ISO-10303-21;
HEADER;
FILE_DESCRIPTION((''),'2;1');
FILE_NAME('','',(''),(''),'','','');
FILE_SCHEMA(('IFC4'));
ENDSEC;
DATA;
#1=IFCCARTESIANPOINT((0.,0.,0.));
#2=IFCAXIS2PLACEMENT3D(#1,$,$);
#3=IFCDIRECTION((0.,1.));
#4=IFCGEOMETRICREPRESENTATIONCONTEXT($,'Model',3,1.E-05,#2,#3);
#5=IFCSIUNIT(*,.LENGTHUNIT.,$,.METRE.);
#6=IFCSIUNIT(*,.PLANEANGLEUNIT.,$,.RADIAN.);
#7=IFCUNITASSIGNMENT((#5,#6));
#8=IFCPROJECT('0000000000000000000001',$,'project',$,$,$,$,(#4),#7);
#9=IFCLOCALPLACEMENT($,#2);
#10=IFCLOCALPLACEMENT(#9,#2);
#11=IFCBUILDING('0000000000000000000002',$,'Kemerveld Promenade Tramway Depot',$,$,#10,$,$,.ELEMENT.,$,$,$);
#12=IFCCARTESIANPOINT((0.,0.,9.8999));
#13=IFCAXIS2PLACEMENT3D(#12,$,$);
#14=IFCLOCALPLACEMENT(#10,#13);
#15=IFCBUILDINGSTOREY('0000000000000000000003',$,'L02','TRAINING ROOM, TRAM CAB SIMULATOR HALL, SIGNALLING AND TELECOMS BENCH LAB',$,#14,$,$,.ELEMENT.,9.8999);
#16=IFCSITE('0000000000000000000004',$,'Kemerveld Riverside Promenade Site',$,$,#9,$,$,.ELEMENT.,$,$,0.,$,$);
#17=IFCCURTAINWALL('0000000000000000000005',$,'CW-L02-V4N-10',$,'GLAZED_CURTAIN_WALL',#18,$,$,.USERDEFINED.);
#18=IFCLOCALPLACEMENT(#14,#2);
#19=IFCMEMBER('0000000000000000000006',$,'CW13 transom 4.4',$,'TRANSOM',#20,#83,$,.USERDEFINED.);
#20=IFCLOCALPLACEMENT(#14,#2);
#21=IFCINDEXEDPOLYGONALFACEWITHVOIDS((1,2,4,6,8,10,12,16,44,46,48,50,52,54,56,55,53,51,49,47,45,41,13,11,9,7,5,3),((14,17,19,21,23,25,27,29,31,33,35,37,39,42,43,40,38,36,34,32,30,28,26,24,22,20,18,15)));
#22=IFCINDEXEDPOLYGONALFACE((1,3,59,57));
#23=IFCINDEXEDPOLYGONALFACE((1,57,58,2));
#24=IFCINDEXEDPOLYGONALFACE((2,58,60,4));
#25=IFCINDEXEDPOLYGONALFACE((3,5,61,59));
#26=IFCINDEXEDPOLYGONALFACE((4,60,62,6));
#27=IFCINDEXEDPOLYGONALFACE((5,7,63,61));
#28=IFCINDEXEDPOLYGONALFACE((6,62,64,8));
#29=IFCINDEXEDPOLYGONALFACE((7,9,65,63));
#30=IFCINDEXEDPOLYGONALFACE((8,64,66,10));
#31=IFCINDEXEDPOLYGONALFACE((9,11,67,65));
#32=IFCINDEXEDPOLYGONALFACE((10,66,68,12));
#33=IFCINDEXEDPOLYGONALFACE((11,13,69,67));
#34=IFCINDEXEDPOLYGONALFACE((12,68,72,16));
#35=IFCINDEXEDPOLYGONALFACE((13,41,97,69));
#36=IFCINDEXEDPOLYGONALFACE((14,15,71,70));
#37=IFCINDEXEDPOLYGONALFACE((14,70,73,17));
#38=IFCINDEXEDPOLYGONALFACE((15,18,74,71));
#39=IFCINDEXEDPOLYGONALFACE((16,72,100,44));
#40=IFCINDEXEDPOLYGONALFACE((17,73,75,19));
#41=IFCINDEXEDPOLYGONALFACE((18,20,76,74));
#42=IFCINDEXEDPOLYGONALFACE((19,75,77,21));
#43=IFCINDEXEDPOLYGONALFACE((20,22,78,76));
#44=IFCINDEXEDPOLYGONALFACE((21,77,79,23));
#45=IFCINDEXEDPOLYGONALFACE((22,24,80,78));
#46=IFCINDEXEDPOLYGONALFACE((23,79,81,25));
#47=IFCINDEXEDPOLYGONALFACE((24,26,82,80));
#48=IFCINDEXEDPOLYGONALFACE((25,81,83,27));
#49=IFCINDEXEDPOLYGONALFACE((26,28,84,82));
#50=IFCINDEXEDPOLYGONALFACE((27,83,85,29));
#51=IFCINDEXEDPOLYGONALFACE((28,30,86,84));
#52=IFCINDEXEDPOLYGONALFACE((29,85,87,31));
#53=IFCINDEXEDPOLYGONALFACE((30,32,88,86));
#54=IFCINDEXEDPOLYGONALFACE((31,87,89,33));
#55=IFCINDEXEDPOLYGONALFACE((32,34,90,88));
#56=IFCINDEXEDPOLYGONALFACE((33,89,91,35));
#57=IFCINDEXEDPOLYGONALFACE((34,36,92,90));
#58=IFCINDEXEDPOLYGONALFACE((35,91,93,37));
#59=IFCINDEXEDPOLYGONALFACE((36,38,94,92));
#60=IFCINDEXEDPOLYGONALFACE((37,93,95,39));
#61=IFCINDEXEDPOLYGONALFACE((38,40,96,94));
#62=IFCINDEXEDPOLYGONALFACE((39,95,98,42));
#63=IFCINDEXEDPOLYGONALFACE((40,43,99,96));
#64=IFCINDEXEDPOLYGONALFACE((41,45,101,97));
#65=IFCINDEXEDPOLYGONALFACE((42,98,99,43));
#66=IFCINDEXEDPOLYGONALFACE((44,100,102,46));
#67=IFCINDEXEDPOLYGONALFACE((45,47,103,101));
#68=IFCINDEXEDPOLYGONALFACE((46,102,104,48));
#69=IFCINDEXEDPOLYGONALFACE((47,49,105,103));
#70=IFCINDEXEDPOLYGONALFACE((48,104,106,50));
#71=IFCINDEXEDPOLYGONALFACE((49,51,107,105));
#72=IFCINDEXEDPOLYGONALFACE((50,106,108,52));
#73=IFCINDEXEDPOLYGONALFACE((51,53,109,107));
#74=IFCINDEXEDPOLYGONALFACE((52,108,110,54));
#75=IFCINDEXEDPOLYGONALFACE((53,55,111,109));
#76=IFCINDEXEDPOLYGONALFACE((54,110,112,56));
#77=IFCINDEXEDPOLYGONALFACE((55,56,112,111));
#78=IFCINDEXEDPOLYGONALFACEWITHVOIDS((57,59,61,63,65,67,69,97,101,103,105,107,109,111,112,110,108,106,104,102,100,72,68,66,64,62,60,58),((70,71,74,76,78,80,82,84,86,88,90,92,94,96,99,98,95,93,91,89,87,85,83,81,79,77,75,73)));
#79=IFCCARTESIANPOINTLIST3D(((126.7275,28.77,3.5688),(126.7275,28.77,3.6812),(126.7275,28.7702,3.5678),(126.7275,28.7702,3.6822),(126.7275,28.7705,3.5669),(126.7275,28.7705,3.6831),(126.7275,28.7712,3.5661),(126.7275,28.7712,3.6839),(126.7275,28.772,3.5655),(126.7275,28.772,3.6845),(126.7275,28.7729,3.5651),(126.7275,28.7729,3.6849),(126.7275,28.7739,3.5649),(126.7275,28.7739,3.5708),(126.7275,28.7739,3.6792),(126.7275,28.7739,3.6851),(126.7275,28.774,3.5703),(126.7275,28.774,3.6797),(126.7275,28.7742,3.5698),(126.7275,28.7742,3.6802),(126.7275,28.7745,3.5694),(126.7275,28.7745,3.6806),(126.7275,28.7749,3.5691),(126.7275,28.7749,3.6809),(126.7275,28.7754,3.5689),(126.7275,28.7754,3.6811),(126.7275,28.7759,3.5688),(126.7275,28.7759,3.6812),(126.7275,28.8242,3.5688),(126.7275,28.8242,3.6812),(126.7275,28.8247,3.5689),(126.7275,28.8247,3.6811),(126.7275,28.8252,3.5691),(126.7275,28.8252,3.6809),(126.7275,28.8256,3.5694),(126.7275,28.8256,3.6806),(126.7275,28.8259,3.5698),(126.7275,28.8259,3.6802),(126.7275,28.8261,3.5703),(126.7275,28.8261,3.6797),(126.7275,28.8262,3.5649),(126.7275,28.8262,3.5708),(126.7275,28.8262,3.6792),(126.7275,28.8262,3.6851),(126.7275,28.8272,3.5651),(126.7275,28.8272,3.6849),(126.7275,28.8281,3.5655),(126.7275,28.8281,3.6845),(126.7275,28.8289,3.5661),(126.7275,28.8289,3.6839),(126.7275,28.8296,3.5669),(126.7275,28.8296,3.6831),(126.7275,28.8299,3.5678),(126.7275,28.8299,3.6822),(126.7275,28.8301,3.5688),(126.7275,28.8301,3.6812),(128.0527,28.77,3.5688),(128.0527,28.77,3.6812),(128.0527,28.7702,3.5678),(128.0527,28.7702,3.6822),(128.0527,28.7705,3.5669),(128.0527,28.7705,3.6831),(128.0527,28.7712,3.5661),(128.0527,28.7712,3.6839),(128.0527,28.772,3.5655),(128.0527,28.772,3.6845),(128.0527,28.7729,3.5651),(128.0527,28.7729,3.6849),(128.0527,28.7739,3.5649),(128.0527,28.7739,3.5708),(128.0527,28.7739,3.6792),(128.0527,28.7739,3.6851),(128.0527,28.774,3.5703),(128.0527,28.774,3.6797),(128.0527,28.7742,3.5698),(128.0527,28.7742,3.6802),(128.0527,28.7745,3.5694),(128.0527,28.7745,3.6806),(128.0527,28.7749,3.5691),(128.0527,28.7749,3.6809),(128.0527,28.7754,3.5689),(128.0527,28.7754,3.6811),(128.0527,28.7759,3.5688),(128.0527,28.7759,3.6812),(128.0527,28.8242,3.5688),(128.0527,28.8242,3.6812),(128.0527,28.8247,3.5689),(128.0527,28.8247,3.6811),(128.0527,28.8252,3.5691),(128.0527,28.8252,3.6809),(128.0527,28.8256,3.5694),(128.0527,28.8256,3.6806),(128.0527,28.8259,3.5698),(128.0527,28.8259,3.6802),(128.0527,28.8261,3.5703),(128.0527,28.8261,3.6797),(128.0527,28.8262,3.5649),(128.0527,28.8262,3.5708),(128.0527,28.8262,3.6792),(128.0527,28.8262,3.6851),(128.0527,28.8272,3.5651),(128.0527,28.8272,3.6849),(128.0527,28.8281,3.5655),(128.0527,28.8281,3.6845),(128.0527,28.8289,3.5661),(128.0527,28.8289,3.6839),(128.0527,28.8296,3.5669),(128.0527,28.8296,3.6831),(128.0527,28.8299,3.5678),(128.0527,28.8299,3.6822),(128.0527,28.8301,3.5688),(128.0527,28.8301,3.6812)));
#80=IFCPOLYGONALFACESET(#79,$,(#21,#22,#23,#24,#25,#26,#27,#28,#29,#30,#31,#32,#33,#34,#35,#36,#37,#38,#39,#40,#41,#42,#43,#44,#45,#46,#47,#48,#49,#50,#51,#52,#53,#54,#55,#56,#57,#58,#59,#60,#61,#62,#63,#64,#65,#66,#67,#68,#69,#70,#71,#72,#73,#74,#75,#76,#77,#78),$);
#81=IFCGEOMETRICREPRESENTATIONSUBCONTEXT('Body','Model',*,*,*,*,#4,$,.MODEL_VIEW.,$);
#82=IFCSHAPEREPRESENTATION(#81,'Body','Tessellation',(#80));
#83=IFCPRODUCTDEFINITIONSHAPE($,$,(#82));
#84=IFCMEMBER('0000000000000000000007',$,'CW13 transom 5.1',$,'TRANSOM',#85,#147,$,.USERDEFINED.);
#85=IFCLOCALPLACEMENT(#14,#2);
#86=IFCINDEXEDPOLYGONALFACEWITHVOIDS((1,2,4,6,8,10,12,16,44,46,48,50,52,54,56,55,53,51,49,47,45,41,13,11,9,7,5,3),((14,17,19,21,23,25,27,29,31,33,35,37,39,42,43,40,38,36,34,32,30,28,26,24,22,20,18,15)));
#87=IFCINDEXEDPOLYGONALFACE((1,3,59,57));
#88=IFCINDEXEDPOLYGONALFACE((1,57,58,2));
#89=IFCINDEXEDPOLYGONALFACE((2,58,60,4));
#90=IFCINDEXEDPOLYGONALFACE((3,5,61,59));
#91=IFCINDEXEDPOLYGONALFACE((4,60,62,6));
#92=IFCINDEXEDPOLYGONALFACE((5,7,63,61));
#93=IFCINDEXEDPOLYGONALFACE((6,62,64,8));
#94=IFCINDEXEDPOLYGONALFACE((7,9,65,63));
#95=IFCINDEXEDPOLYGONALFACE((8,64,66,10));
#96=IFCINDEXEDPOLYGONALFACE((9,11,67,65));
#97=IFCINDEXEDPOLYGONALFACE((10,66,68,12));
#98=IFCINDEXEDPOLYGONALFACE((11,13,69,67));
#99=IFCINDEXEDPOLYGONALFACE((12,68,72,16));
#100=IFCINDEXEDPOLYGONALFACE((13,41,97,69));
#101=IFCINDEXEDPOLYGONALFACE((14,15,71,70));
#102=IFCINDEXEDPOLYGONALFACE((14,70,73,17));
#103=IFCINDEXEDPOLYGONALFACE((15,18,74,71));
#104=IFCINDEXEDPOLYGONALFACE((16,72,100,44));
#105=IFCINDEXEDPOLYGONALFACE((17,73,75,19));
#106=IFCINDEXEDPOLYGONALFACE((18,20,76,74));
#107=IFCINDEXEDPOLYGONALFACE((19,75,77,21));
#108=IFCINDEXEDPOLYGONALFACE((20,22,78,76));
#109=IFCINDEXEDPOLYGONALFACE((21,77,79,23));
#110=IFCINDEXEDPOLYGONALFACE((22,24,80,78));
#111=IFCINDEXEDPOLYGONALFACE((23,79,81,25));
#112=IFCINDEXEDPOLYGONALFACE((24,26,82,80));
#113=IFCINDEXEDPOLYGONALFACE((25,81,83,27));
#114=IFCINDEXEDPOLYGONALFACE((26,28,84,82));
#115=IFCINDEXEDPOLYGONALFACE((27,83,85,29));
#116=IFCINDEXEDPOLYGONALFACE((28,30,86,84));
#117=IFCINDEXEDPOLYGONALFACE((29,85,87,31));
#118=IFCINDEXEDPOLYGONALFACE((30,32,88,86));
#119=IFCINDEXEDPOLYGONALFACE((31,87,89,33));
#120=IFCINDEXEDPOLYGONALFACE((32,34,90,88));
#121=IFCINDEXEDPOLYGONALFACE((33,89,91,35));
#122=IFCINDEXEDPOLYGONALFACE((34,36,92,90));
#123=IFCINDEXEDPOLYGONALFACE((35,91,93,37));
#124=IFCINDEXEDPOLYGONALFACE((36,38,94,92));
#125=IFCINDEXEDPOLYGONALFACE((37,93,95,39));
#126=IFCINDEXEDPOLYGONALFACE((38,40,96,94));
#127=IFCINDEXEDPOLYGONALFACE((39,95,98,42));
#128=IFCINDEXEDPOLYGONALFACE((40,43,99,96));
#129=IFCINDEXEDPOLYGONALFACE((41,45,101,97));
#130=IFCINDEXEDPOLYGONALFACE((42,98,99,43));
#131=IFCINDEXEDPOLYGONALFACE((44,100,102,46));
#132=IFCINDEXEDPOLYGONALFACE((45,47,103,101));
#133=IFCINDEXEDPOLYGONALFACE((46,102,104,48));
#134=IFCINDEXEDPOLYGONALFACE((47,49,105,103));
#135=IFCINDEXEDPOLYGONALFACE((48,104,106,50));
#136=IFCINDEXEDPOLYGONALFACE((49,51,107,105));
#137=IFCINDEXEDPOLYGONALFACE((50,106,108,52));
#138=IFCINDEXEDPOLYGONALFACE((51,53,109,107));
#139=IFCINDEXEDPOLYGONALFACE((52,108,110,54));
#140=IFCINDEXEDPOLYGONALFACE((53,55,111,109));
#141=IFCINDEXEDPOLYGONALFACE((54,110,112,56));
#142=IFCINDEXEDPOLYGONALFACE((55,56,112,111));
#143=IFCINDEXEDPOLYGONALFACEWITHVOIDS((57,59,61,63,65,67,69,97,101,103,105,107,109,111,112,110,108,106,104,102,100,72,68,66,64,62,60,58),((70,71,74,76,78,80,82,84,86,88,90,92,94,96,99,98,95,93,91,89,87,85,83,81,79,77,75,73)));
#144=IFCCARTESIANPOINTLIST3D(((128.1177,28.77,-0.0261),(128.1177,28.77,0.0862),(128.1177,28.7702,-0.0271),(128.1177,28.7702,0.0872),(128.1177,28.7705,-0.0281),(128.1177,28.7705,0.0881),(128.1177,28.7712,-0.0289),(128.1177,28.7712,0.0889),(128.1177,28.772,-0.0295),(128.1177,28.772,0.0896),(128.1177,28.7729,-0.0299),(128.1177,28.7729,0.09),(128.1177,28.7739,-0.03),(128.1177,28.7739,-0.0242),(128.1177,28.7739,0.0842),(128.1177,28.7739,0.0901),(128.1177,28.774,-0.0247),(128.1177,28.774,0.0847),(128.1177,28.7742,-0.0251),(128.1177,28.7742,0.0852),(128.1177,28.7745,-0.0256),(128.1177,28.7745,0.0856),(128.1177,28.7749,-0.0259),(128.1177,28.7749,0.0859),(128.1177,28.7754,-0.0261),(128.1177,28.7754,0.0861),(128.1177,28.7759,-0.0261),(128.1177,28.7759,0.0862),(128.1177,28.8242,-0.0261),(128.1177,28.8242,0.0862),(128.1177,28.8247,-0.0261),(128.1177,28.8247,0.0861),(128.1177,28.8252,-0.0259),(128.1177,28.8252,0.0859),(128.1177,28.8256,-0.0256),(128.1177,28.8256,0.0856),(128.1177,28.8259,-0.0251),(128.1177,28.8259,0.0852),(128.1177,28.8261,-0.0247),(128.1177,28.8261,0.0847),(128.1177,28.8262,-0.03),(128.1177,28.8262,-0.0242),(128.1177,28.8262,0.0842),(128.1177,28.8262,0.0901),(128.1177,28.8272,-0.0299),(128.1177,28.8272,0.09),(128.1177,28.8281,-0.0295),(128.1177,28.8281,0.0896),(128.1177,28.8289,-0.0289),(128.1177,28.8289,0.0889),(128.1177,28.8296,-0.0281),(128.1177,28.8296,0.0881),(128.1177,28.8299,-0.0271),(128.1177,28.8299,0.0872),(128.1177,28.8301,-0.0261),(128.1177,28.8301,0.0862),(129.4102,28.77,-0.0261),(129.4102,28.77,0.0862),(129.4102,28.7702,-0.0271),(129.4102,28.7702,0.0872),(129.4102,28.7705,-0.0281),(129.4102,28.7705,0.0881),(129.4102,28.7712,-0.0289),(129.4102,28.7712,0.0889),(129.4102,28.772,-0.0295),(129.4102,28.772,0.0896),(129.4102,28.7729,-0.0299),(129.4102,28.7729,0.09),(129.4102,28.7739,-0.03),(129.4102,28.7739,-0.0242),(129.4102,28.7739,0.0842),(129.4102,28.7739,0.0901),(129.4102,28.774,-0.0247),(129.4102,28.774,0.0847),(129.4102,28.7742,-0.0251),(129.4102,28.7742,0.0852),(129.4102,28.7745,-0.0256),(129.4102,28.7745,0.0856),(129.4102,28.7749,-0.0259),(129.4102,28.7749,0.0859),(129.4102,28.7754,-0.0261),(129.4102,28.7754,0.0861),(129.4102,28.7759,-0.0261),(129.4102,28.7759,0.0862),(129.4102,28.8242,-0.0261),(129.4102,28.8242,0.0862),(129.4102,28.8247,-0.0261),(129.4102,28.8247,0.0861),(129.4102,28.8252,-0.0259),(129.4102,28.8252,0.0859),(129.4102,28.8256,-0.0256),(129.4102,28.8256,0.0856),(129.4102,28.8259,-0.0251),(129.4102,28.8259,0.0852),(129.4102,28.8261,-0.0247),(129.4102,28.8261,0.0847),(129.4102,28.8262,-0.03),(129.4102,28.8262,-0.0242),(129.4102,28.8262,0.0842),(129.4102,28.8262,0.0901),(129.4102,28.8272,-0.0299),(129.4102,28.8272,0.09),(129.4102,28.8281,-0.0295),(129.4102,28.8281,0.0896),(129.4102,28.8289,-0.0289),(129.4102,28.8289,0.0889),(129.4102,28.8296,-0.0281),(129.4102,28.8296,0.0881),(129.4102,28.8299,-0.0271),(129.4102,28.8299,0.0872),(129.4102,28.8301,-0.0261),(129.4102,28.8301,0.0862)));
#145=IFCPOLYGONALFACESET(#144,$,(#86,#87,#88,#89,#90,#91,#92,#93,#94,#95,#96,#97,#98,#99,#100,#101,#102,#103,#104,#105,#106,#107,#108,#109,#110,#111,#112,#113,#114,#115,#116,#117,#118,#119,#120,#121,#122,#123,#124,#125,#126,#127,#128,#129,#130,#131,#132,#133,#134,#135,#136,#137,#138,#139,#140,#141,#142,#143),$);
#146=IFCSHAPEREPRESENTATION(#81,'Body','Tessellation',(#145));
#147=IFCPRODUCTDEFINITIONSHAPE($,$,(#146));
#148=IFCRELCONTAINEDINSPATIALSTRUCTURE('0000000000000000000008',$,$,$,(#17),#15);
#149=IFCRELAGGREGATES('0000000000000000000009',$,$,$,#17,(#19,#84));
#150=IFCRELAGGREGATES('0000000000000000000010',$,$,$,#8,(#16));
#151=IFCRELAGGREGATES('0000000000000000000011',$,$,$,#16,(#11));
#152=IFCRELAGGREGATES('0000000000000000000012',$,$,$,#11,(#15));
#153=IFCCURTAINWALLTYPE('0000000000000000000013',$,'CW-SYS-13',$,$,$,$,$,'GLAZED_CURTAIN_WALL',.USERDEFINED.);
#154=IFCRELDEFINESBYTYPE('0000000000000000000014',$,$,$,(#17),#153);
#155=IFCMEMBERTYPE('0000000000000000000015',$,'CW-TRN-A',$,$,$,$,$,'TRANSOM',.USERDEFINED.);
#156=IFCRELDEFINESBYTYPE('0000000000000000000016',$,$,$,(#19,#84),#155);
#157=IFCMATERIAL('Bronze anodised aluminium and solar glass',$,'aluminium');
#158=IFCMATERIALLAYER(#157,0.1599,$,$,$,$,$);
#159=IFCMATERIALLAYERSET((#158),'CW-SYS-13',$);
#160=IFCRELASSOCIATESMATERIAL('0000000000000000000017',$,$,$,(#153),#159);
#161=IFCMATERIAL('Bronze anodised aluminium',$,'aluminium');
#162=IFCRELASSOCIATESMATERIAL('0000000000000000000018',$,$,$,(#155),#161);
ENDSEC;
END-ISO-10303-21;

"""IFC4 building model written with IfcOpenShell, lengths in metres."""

from ifc_helpers import new_model, si_unit, direction, frame, origin, origin_2d, place, context, subcontext, project, spatial, hollow_rectangle, extrude, material, layer, layer_set, material_profile, profile_set, type_object, element, aggregate, save


model = new_model("IFC4")

# Units and contexts
model_context = context("Model", 3, precision=1e-05, world=origin(), true_north=direction((0.0, 1.0)))
body_context = subcontext(model_context, "Body", "Model", "MODEL_VIEW")
ifc_project = project(units=[si_unit("LENGTHUNIT", "METRE"), si_unit("PLANEANGLEUNIT", "RADIAN")], contexts=[model_context])

# Site, building, storey
site_placement = place(None, origin())
site = spatial("IfcSite", under=ifc_project, at=site_placement, Name="Kemerveld Riverside Promenade Site", CompositionType="ELEMENT", RefElevation=0.0)
building_placement = place(site_placement, origin())
building = spatial("IfcBuilding", under=site, at=building_placement, Name="Kemerveld Promenade Tramway Depot", CompositionType="ELEMENT")
storey_placement = place(building_placement, frame((0.0, 0.0, 9.8999)))
storey = spatial("IfcBuildingStorey", under=building, at=storey_placement, Name="L02", Description="TRAINING ROOM, TRAM CAB SIMULATOR HALL, SIGNALLING AND TELECOMS BENCH LAB", CompositionType="ELEMENT", Elevation=9.8999)

# Curtain wall, members
ifc_material_1 = material(Name="Bronze anodised aluminium and solar glass", Category="aluminium")
ifc_layer_1 = layer(ifc_material_1, 0.1599)
ifc_layer_set_1 = layer_set([ifc_layer_1], Name="CW-SYS-13")
curtain_wall_type = type_object("IfcCurtainWallType", Name="CW-SYS-13", ElementType="GLAZED_CURTAIN_WALL", PredefinedType="USERDEFINED", material=ifc_layer_set_1)
curtain_wall_placement = place(storey_placement, origin())
curtain_wall = element("IfcCurtainWall", 1, at=curtain_wall_placement, inside=storey, type_object=curtain_wall_type, Name="CW-L02-V4N-10", ObjectType="GLAZED_CURTAIN_WALL", PredefinedType="USERDEFINED")
ifc_material_2 = material(Name="Bronze anodised aluminium", Category="aluminium")
ifc_material_profile_1 = material_profile(ifc_material_2, hollow_rectangle(XDim=0.0601, YDim=0.1201, WallThickness=0.0039, InnerFilletRadius=0.002, OuterFilletRadius=0.0039, at=origin_2d()), Name="CW-TRN-120x60")
ifc_profile_set_1 = profile_set([ifc_material_profile_1], Name="Bronze anodised aluminium")
member_type_1 = type_object("IfcMemberType", Name="CW-TRN-A", ElementType="TRANSOM", PredefinedType="USERDEFINED", material=ifc_profile_set_1)
member_1_placement = place(storey_placement, frame((126.7275, 28.8, 3.625), z_axis=(1.0, 0.0, 0.0), x_axis=(0.0, 1.0, 0.0)))
member_1 = element("IfcMember", 2, at=member_1_placement, type_object=member_type_1, Name="CW13 transom 4.4", ObjectType="TRANSOM", PredefinedType="USERDEFINED", context=body_context, shape_type="SweptSolid", body=[
    extrude(hollow_rectangle(XDim=0.0601, YDim=0.1201, WallThickness=0.0039, InnerFilletRadius=0.002, OuterFilletRadius=0.0039, at=origin_2d()), origin(), (0.0, 0.0, 1.0), 1.3252),
])
member_2_placement = place(storey_placement, frame((128.1177, 28.8, 0.03), z_axis=(1.0, 0.0, 0.0), x_axis=(0.0, 1.0, 0.0)))
member_2 = element("IfcMember", 3, at=member_2_placement, type_object=member_type_1, Name="CW13 transom 5.1", ObjectType="TRANSOM", PredefinedType="USERDEFINED", context=body_context, shape_type="SweptSolid", body=[
    extrude(hollow_rectangle(XDim=0.0601, YDim=0.1201, WallThickness=0.0039, InnerFilletRadius=0.002, OuterFilletRadius=0.0039, at=origin_2d()), origin(), (0.0, 0.0, 1.0), 1.2925),
])
aggregate(curtain_wall, [member_1, member_2])

save(model, "model.ifc")
